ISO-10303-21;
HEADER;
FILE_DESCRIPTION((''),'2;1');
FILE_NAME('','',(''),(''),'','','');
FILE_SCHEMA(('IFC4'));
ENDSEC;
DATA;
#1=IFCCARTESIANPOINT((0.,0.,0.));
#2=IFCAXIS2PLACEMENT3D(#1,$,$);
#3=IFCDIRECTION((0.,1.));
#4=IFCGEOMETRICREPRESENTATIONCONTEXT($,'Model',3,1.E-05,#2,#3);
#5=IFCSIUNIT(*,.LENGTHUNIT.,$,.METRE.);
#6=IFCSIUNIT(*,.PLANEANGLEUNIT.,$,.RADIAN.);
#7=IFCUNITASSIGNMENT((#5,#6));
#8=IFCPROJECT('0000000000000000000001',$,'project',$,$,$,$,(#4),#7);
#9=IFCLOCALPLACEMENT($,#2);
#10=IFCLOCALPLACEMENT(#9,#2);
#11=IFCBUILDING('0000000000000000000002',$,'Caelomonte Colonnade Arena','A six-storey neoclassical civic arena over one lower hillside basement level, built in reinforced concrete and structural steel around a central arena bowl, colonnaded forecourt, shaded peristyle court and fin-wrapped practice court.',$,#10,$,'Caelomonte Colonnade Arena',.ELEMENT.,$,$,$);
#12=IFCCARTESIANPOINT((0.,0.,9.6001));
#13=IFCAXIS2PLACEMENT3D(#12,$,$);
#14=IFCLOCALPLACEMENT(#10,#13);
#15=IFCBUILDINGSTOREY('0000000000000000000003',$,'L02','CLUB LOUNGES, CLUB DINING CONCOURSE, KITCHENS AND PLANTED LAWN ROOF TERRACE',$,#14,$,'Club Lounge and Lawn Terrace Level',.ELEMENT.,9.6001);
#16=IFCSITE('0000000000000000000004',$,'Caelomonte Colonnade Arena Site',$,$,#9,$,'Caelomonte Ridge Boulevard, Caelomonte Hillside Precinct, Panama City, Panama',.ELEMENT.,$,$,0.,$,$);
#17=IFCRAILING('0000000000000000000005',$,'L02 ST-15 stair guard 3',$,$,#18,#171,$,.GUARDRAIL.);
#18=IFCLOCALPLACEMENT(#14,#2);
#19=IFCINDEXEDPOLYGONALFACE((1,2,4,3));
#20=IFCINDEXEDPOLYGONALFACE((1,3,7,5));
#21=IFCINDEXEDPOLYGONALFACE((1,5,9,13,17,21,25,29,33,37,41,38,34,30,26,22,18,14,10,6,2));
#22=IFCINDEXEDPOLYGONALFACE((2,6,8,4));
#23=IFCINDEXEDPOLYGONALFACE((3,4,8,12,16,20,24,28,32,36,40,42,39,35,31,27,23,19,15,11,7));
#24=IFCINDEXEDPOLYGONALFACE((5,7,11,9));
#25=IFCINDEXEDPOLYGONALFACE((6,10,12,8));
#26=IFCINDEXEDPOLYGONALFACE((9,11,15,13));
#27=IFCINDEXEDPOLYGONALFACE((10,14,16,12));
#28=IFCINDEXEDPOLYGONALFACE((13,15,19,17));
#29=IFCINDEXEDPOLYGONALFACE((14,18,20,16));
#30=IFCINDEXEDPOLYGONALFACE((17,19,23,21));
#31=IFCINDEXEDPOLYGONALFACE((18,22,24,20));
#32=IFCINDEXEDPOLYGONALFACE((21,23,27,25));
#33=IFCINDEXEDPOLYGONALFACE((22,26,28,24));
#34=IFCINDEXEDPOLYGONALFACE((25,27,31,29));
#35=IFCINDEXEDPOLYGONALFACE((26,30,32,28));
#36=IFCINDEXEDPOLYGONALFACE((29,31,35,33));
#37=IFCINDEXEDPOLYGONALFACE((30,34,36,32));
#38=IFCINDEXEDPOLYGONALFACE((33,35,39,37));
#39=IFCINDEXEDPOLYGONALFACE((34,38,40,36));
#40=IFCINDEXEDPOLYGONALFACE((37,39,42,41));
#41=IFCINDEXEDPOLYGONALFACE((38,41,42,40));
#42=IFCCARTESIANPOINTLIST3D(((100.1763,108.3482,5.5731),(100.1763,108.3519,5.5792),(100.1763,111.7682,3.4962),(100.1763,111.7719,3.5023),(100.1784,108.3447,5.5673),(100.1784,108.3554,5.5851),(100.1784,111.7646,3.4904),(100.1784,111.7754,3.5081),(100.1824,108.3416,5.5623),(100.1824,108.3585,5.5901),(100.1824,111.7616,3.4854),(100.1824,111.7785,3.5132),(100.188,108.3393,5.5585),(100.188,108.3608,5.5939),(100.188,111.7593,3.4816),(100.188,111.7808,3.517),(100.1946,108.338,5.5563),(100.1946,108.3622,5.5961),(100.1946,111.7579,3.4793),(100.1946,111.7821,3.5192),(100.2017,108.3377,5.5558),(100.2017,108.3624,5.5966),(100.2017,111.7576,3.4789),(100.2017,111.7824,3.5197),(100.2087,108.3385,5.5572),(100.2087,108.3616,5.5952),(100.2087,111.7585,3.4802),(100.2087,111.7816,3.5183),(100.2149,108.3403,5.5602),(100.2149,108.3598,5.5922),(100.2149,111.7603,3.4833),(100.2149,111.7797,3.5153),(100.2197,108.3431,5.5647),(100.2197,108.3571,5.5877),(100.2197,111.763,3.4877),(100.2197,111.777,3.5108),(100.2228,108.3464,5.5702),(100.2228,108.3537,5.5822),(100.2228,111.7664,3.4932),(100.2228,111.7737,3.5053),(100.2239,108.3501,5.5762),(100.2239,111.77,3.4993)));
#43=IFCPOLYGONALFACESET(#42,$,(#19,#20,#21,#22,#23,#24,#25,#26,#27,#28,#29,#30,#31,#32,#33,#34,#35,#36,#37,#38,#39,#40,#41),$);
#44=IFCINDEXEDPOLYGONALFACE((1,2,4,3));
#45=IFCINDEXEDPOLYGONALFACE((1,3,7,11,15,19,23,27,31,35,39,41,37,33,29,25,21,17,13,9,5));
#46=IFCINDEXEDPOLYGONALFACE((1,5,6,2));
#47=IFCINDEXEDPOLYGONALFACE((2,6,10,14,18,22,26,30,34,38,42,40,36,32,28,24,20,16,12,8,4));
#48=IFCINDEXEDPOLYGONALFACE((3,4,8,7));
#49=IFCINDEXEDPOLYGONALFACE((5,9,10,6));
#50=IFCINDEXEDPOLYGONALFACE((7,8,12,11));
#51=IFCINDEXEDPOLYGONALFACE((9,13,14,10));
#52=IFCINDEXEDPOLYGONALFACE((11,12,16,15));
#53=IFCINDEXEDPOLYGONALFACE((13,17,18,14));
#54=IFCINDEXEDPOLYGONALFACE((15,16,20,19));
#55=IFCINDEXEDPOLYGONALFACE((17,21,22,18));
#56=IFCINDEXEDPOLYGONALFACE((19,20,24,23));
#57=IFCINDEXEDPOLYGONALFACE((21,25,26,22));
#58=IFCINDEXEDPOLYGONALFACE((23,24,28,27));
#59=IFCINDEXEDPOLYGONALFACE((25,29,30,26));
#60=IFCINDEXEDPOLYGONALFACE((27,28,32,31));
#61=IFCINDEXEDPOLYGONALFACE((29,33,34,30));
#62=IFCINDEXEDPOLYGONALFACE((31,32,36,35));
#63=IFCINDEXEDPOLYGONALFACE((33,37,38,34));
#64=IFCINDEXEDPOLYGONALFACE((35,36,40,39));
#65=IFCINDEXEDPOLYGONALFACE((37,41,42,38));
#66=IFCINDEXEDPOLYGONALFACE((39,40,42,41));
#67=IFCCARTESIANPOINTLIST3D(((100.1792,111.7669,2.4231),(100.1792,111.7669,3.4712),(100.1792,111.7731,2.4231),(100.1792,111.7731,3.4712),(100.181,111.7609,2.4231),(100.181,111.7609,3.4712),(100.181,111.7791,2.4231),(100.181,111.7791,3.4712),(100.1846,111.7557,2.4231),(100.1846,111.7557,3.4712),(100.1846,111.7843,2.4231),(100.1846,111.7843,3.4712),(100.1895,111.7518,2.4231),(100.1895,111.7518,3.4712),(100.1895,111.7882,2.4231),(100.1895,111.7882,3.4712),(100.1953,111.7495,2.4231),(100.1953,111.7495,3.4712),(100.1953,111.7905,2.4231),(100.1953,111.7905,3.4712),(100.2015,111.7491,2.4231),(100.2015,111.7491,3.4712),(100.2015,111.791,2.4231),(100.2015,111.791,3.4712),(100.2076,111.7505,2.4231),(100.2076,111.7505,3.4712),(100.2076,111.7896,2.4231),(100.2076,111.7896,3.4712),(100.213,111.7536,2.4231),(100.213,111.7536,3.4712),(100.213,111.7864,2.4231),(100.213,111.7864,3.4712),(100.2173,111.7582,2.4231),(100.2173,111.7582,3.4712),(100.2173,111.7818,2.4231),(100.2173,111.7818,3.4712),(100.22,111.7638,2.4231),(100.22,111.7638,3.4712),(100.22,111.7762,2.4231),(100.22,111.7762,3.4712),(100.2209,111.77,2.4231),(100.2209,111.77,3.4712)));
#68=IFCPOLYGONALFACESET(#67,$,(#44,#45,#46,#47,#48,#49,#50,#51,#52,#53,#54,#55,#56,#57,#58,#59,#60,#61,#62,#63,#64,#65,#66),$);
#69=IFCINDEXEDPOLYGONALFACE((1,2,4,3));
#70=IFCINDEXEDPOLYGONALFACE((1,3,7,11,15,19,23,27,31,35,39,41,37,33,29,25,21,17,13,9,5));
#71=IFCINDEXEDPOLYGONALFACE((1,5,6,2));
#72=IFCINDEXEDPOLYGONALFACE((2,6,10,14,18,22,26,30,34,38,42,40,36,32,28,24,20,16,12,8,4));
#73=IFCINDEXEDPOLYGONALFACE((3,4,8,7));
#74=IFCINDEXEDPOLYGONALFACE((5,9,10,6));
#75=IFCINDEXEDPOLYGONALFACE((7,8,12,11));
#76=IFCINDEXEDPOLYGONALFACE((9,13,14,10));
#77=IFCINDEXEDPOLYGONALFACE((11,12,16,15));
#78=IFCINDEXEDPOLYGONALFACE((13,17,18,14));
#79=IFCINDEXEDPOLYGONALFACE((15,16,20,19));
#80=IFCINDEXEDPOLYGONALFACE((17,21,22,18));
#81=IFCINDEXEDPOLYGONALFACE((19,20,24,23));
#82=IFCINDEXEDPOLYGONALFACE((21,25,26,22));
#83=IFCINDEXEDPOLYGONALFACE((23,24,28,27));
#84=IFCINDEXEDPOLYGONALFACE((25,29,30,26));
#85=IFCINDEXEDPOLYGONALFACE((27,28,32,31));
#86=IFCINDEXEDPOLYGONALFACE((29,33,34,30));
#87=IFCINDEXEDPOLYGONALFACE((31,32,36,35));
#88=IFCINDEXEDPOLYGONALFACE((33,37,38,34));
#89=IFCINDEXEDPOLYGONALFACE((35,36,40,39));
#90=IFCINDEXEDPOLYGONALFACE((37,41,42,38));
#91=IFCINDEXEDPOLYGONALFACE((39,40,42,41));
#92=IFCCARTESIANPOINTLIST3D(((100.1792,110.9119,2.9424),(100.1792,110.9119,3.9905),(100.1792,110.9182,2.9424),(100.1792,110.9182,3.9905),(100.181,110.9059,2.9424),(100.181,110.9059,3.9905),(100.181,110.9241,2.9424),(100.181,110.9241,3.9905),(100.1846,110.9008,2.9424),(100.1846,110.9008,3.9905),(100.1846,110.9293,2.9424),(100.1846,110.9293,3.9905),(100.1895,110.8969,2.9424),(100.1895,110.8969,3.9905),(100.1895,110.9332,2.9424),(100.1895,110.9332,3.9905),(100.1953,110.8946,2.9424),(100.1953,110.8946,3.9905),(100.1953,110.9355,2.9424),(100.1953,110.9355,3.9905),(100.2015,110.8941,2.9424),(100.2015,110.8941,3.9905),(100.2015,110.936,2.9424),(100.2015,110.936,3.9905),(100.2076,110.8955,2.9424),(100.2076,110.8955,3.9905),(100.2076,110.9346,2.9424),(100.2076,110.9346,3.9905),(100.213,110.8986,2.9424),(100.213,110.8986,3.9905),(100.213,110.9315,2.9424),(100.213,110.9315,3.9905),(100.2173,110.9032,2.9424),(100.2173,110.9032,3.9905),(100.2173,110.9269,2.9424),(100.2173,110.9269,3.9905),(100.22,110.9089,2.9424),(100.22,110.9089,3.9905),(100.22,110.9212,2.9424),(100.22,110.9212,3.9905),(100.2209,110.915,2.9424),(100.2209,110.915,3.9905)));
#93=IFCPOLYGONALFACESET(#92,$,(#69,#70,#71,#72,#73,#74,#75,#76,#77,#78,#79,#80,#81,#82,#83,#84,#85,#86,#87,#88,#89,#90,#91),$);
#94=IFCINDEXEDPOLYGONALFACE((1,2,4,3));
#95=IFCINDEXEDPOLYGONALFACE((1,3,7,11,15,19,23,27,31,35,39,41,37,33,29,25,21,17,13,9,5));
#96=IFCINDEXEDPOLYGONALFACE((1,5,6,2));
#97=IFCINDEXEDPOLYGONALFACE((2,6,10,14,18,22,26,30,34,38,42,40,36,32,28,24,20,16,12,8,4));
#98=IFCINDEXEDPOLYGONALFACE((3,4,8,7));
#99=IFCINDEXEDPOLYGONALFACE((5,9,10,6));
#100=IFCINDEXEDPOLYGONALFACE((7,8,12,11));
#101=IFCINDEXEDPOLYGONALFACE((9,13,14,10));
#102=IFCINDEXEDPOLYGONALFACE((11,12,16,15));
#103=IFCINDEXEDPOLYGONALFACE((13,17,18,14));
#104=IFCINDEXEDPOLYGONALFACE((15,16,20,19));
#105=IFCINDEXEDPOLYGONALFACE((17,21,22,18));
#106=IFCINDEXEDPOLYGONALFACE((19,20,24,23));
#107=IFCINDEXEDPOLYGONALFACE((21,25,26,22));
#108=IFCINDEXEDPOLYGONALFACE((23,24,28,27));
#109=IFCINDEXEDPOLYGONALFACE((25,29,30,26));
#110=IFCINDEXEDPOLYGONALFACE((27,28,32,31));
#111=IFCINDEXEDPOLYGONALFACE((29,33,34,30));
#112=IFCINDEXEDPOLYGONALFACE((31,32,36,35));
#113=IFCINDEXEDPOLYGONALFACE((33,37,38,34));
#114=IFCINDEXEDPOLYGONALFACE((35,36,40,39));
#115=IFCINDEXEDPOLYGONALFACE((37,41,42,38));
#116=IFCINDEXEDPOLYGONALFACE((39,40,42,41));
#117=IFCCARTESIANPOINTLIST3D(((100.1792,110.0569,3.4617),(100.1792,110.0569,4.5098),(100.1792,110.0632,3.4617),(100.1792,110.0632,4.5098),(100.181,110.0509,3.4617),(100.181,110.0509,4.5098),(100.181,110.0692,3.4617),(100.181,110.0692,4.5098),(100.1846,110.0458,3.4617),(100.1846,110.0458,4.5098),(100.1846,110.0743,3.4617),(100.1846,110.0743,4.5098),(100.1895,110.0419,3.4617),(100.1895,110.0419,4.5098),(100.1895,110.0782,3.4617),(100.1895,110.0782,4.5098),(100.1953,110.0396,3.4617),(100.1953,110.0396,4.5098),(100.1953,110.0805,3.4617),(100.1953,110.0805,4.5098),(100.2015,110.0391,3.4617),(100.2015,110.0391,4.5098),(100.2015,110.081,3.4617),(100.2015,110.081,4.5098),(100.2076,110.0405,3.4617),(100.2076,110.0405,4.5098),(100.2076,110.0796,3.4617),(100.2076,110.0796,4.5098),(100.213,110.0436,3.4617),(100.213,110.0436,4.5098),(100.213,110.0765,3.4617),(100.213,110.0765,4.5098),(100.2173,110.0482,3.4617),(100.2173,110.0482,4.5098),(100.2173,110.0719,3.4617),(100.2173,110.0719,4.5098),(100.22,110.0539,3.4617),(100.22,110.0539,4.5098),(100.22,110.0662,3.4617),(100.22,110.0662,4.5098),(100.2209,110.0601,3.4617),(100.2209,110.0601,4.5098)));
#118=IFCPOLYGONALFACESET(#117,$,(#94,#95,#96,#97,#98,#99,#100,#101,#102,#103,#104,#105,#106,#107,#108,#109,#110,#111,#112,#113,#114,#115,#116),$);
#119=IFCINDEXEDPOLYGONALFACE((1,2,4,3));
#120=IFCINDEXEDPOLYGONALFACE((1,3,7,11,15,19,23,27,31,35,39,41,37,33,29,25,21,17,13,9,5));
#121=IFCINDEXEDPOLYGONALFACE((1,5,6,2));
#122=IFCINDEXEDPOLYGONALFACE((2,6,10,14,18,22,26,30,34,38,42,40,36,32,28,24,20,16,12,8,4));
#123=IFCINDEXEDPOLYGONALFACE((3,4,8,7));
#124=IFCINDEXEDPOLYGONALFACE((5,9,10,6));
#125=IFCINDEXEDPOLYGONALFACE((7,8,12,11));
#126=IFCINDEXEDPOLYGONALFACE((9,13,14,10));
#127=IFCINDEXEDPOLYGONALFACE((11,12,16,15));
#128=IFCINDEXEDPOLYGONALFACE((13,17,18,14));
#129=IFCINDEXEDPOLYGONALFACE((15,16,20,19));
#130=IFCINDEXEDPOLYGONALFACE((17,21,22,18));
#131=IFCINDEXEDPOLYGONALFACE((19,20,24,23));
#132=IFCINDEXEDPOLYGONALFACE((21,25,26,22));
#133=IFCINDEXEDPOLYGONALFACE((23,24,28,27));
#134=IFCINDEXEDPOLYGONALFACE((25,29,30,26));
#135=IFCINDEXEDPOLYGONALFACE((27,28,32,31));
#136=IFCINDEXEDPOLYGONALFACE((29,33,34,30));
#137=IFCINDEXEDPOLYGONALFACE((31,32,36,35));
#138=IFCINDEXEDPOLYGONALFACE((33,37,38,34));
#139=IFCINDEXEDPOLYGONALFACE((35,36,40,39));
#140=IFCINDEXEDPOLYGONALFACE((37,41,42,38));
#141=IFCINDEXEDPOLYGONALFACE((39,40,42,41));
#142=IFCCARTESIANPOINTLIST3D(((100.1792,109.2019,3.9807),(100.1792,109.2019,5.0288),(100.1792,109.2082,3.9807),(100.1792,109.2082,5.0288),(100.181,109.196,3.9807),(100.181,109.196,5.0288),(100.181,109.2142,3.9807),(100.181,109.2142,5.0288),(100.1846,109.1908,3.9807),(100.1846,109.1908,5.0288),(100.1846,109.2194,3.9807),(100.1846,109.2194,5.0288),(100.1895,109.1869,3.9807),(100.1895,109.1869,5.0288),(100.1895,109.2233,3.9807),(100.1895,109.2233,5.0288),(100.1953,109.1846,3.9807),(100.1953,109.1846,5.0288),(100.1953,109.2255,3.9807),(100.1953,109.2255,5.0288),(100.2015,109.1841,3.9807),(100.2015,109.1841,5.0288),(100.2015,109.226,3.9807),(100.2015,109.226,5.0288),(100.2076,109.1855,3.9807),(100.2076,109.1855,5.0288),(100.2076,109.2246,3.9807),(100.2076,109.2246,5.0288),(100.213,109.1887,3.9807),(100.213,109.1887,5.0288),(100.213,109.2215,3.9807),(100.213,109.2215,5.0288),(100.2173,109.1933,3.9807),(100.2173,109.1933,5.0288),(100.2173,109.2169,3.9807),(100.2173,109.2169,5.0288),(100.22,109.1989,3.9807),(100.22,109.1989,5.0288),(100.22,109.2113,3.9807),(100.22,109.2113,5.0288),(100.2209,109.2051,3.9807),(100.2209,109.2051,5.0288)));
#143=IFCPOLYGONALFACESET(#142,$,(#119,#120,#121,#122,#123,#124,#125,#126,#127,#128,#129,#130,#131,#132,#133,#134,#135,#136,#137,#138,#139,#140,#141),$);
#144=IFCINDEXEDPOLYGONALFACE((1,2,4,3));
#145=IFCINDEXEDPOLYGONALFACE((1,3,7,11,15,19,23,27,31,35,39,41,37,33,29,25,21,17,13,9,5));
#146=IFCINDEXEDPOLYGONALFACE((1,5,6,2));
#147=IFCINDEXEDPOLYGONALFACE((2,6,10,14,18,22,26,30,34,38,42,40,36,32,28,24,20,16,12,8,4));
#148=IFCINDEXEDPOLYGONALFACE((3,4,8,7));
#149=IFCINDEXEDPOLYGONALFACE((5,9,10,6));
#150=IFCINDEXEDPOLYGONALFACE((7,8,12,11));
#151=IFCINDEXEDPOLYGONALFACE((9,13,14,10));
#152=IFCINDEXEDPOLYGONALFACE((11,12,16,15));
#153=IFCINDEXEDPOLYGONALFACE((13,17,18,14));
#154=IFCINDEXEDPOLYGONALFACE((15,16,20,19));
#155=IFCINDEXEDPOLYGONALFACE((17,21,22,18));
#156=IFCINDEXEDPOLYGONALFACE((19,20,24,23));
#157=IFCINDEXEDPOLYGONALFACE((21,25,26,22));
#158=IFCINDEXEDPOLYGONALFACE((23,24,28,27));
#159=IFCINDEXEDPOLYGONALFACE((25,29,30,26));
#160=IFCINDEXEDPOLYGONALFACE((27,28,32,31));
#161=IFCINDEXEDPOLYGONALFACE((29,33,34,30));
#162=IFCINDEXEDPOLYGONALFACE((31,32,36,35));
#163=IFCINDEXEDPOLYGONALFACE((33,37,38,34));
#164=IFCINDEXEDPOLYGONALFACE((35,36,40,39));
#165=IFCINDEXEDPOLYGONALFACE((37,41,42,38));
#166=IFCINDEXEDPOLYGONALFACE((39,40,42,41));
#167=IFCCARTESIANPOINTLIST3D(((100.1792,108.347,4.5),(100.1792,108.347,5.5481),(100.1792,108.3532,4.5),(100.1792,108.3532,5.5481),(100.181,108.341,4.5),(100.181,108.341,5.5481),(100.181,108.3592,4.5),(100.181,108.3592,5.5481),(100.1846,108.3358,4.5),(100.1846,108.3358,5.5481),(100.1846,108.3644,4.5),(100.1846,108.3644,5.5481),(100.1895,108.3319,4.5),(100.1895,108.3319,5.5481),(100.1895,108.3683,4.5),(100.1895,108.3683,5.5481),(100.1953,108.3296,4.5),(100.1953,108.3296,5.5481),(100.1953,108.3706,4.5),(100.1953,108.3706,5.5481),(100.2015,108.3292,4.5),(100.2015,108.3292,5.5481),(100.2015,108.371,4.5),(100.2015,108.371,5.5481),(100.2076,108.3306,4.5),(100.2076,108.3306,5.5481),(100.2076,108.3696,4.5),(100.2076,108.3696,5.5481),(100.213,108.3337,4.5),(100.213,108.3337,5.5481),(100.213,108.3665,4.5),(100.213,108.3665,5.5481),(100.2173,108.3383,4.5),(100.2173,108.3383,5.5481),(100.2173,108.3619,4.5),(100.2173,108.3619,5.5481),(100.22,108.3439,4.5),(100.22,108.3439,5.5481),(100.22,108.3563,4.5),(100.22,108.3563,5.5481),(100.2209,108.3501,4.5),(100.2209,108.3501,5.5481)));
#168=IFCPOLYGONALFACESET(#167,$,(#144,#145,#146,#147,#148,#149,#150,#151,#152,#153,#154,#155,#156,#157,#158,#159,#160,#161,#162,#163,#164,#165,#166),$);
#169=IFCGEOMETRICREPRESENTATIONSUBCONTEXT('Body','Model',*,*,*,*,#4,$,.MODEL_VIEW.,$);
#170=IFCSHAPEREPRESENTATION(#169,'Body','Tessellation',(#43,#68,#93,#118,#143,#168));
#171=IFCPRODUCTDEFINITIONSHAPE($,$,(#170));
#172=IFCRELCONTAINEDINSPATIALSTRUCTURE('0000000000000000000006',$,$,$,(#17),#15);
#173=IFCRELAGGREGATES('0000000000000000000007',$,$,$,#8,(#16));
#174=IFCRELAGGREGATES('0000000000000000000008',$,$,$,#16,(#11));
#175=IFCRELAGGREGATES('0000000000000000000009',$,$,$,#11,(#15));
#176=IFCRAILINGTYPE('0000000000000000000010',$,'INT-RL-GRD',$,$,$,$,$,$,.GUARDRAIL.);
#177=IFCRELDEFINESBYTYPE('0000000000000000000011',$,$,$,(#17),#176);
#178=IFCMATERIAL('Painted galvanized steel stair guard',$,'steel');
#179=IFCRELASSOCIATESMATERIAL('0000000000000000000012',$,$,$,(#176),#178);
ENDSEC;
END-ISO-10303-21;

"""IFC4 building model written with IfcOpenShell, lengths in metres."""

from ifc_helpers import new_model, si_unit, direction, frame, origin, origin_2d, place, context, subcontext, project, spatial, circle, extrude, material, type_object, element, save


model = new_model("IFC4")

# Units and contexts
model_context = context("Model", 3, precision=1e-05, world=origin(), true_north=direction((0.0, 1.0)))
body_context = subcontext(model_context, "Body", "Model", "MODEL_VIEW")
ifc_project = project(units=[si_unit("LENGTHUNIT", "METRE"), si_unit("PLANEANGLEUNIT", "RADIAN")], contexts=[model_context])

# Site, building, storey
site_placement = place(None, origin())
site = spatial("IfcSite", under=ifc_project, at=site_placement, Name="Caelomonte Colonnade Arena Site", LongName="Caelomonte Ridge Boulevard, Caelomonte Hillside Precinct, Panama City, Panama", CompositionType="ELEMENT", RefElevation=0.0)
building_placement = place(site_placement, origin())
building = spatial("IfcBuilding", under=site, at=building_placement, Name="Caelomonte Colonnade Arena", Description="A six-storey neoclassical civic arena over one lower hillside basement level, built in reinforced concrete and structural steel around a central arena bowl, colonnaded forecourt, shaded peristyle court and fin-wrapped practice court.", LongName="Caelomonte Colonnade Arena", CompositionType="ELEMENT")
storey_placement = place(building_placement, frame((0.0, 0.0, 9.6001)))
storey = spatial("IfcBuildingStorey", under=building, at=storey_placement, Name="L02", Description="CLUB LOUNGES, CLUB DINING CONCOURSE, KITCHENS AND PLANTED LAWN ROOF TERRACE", LongName="Club Lounge and Lawn Terrace Level", CompositionType="ELEMENT", Elevation=9.6001)

# Railing
ifc_material_1 = material(Name="Painted galvanized steel stair guard", Category="steel")
railing_type_1 = type_object("IfcRailingType", Name="INT-RL-GRD", PredefinedType="GUARDRAIL", material=ifc_material_1)
railing_1_placement = place(storey_placement, frame((100.2, 111.77, 2.4231)))
element("IfcRailing", 1, at=railing_1_placement, inside=storey, type_object=railing_type_1, Name="L02 ST-15 stair guard 3", PredefinedType="GUARDRAIL", context=body_context, shape_type="SweptSolid", body=[
    extrude(circle(Radius=0.0239, at=origin_2d()), frame((0.0, 0.0, 1.0762), z_axis=(0.0, -0.85473, 0.519074), x_axis=(1.0, 0.0, 0.0)), (0.0, 0.0, 1.0), 4.0012),
    extrude(circle(Radius=0.021, at=origin_2d()), origin(), (0.0, 0.0, 1.0), 1.0481),
    extrude(circle(Radius=0.021, at=origin_2d()), frame((0.0, -0.855, 0.5193)), (0.0, 0.0, 1.0), 1.0481),
    extrude(circle(Radius=0.021, at=origin_2d()), frame((0.0, -1.71, 1.0386)), (0.0, 0.0, 1.0), 1.0481),
    extrude(circle(Radius=0.021, at=origin_2d()), frame((0.0, -2.5649, 1.5576)), (0.0, 0.0, 1.0), 1.0481),
    extrude(circle(Radius=0.021, at=origin_2d()), frame((0.0, -3.4199, 2.0769)), (0.0, 0.0, 1.0), 1.0481),
])

save(model, "model.ifc")
